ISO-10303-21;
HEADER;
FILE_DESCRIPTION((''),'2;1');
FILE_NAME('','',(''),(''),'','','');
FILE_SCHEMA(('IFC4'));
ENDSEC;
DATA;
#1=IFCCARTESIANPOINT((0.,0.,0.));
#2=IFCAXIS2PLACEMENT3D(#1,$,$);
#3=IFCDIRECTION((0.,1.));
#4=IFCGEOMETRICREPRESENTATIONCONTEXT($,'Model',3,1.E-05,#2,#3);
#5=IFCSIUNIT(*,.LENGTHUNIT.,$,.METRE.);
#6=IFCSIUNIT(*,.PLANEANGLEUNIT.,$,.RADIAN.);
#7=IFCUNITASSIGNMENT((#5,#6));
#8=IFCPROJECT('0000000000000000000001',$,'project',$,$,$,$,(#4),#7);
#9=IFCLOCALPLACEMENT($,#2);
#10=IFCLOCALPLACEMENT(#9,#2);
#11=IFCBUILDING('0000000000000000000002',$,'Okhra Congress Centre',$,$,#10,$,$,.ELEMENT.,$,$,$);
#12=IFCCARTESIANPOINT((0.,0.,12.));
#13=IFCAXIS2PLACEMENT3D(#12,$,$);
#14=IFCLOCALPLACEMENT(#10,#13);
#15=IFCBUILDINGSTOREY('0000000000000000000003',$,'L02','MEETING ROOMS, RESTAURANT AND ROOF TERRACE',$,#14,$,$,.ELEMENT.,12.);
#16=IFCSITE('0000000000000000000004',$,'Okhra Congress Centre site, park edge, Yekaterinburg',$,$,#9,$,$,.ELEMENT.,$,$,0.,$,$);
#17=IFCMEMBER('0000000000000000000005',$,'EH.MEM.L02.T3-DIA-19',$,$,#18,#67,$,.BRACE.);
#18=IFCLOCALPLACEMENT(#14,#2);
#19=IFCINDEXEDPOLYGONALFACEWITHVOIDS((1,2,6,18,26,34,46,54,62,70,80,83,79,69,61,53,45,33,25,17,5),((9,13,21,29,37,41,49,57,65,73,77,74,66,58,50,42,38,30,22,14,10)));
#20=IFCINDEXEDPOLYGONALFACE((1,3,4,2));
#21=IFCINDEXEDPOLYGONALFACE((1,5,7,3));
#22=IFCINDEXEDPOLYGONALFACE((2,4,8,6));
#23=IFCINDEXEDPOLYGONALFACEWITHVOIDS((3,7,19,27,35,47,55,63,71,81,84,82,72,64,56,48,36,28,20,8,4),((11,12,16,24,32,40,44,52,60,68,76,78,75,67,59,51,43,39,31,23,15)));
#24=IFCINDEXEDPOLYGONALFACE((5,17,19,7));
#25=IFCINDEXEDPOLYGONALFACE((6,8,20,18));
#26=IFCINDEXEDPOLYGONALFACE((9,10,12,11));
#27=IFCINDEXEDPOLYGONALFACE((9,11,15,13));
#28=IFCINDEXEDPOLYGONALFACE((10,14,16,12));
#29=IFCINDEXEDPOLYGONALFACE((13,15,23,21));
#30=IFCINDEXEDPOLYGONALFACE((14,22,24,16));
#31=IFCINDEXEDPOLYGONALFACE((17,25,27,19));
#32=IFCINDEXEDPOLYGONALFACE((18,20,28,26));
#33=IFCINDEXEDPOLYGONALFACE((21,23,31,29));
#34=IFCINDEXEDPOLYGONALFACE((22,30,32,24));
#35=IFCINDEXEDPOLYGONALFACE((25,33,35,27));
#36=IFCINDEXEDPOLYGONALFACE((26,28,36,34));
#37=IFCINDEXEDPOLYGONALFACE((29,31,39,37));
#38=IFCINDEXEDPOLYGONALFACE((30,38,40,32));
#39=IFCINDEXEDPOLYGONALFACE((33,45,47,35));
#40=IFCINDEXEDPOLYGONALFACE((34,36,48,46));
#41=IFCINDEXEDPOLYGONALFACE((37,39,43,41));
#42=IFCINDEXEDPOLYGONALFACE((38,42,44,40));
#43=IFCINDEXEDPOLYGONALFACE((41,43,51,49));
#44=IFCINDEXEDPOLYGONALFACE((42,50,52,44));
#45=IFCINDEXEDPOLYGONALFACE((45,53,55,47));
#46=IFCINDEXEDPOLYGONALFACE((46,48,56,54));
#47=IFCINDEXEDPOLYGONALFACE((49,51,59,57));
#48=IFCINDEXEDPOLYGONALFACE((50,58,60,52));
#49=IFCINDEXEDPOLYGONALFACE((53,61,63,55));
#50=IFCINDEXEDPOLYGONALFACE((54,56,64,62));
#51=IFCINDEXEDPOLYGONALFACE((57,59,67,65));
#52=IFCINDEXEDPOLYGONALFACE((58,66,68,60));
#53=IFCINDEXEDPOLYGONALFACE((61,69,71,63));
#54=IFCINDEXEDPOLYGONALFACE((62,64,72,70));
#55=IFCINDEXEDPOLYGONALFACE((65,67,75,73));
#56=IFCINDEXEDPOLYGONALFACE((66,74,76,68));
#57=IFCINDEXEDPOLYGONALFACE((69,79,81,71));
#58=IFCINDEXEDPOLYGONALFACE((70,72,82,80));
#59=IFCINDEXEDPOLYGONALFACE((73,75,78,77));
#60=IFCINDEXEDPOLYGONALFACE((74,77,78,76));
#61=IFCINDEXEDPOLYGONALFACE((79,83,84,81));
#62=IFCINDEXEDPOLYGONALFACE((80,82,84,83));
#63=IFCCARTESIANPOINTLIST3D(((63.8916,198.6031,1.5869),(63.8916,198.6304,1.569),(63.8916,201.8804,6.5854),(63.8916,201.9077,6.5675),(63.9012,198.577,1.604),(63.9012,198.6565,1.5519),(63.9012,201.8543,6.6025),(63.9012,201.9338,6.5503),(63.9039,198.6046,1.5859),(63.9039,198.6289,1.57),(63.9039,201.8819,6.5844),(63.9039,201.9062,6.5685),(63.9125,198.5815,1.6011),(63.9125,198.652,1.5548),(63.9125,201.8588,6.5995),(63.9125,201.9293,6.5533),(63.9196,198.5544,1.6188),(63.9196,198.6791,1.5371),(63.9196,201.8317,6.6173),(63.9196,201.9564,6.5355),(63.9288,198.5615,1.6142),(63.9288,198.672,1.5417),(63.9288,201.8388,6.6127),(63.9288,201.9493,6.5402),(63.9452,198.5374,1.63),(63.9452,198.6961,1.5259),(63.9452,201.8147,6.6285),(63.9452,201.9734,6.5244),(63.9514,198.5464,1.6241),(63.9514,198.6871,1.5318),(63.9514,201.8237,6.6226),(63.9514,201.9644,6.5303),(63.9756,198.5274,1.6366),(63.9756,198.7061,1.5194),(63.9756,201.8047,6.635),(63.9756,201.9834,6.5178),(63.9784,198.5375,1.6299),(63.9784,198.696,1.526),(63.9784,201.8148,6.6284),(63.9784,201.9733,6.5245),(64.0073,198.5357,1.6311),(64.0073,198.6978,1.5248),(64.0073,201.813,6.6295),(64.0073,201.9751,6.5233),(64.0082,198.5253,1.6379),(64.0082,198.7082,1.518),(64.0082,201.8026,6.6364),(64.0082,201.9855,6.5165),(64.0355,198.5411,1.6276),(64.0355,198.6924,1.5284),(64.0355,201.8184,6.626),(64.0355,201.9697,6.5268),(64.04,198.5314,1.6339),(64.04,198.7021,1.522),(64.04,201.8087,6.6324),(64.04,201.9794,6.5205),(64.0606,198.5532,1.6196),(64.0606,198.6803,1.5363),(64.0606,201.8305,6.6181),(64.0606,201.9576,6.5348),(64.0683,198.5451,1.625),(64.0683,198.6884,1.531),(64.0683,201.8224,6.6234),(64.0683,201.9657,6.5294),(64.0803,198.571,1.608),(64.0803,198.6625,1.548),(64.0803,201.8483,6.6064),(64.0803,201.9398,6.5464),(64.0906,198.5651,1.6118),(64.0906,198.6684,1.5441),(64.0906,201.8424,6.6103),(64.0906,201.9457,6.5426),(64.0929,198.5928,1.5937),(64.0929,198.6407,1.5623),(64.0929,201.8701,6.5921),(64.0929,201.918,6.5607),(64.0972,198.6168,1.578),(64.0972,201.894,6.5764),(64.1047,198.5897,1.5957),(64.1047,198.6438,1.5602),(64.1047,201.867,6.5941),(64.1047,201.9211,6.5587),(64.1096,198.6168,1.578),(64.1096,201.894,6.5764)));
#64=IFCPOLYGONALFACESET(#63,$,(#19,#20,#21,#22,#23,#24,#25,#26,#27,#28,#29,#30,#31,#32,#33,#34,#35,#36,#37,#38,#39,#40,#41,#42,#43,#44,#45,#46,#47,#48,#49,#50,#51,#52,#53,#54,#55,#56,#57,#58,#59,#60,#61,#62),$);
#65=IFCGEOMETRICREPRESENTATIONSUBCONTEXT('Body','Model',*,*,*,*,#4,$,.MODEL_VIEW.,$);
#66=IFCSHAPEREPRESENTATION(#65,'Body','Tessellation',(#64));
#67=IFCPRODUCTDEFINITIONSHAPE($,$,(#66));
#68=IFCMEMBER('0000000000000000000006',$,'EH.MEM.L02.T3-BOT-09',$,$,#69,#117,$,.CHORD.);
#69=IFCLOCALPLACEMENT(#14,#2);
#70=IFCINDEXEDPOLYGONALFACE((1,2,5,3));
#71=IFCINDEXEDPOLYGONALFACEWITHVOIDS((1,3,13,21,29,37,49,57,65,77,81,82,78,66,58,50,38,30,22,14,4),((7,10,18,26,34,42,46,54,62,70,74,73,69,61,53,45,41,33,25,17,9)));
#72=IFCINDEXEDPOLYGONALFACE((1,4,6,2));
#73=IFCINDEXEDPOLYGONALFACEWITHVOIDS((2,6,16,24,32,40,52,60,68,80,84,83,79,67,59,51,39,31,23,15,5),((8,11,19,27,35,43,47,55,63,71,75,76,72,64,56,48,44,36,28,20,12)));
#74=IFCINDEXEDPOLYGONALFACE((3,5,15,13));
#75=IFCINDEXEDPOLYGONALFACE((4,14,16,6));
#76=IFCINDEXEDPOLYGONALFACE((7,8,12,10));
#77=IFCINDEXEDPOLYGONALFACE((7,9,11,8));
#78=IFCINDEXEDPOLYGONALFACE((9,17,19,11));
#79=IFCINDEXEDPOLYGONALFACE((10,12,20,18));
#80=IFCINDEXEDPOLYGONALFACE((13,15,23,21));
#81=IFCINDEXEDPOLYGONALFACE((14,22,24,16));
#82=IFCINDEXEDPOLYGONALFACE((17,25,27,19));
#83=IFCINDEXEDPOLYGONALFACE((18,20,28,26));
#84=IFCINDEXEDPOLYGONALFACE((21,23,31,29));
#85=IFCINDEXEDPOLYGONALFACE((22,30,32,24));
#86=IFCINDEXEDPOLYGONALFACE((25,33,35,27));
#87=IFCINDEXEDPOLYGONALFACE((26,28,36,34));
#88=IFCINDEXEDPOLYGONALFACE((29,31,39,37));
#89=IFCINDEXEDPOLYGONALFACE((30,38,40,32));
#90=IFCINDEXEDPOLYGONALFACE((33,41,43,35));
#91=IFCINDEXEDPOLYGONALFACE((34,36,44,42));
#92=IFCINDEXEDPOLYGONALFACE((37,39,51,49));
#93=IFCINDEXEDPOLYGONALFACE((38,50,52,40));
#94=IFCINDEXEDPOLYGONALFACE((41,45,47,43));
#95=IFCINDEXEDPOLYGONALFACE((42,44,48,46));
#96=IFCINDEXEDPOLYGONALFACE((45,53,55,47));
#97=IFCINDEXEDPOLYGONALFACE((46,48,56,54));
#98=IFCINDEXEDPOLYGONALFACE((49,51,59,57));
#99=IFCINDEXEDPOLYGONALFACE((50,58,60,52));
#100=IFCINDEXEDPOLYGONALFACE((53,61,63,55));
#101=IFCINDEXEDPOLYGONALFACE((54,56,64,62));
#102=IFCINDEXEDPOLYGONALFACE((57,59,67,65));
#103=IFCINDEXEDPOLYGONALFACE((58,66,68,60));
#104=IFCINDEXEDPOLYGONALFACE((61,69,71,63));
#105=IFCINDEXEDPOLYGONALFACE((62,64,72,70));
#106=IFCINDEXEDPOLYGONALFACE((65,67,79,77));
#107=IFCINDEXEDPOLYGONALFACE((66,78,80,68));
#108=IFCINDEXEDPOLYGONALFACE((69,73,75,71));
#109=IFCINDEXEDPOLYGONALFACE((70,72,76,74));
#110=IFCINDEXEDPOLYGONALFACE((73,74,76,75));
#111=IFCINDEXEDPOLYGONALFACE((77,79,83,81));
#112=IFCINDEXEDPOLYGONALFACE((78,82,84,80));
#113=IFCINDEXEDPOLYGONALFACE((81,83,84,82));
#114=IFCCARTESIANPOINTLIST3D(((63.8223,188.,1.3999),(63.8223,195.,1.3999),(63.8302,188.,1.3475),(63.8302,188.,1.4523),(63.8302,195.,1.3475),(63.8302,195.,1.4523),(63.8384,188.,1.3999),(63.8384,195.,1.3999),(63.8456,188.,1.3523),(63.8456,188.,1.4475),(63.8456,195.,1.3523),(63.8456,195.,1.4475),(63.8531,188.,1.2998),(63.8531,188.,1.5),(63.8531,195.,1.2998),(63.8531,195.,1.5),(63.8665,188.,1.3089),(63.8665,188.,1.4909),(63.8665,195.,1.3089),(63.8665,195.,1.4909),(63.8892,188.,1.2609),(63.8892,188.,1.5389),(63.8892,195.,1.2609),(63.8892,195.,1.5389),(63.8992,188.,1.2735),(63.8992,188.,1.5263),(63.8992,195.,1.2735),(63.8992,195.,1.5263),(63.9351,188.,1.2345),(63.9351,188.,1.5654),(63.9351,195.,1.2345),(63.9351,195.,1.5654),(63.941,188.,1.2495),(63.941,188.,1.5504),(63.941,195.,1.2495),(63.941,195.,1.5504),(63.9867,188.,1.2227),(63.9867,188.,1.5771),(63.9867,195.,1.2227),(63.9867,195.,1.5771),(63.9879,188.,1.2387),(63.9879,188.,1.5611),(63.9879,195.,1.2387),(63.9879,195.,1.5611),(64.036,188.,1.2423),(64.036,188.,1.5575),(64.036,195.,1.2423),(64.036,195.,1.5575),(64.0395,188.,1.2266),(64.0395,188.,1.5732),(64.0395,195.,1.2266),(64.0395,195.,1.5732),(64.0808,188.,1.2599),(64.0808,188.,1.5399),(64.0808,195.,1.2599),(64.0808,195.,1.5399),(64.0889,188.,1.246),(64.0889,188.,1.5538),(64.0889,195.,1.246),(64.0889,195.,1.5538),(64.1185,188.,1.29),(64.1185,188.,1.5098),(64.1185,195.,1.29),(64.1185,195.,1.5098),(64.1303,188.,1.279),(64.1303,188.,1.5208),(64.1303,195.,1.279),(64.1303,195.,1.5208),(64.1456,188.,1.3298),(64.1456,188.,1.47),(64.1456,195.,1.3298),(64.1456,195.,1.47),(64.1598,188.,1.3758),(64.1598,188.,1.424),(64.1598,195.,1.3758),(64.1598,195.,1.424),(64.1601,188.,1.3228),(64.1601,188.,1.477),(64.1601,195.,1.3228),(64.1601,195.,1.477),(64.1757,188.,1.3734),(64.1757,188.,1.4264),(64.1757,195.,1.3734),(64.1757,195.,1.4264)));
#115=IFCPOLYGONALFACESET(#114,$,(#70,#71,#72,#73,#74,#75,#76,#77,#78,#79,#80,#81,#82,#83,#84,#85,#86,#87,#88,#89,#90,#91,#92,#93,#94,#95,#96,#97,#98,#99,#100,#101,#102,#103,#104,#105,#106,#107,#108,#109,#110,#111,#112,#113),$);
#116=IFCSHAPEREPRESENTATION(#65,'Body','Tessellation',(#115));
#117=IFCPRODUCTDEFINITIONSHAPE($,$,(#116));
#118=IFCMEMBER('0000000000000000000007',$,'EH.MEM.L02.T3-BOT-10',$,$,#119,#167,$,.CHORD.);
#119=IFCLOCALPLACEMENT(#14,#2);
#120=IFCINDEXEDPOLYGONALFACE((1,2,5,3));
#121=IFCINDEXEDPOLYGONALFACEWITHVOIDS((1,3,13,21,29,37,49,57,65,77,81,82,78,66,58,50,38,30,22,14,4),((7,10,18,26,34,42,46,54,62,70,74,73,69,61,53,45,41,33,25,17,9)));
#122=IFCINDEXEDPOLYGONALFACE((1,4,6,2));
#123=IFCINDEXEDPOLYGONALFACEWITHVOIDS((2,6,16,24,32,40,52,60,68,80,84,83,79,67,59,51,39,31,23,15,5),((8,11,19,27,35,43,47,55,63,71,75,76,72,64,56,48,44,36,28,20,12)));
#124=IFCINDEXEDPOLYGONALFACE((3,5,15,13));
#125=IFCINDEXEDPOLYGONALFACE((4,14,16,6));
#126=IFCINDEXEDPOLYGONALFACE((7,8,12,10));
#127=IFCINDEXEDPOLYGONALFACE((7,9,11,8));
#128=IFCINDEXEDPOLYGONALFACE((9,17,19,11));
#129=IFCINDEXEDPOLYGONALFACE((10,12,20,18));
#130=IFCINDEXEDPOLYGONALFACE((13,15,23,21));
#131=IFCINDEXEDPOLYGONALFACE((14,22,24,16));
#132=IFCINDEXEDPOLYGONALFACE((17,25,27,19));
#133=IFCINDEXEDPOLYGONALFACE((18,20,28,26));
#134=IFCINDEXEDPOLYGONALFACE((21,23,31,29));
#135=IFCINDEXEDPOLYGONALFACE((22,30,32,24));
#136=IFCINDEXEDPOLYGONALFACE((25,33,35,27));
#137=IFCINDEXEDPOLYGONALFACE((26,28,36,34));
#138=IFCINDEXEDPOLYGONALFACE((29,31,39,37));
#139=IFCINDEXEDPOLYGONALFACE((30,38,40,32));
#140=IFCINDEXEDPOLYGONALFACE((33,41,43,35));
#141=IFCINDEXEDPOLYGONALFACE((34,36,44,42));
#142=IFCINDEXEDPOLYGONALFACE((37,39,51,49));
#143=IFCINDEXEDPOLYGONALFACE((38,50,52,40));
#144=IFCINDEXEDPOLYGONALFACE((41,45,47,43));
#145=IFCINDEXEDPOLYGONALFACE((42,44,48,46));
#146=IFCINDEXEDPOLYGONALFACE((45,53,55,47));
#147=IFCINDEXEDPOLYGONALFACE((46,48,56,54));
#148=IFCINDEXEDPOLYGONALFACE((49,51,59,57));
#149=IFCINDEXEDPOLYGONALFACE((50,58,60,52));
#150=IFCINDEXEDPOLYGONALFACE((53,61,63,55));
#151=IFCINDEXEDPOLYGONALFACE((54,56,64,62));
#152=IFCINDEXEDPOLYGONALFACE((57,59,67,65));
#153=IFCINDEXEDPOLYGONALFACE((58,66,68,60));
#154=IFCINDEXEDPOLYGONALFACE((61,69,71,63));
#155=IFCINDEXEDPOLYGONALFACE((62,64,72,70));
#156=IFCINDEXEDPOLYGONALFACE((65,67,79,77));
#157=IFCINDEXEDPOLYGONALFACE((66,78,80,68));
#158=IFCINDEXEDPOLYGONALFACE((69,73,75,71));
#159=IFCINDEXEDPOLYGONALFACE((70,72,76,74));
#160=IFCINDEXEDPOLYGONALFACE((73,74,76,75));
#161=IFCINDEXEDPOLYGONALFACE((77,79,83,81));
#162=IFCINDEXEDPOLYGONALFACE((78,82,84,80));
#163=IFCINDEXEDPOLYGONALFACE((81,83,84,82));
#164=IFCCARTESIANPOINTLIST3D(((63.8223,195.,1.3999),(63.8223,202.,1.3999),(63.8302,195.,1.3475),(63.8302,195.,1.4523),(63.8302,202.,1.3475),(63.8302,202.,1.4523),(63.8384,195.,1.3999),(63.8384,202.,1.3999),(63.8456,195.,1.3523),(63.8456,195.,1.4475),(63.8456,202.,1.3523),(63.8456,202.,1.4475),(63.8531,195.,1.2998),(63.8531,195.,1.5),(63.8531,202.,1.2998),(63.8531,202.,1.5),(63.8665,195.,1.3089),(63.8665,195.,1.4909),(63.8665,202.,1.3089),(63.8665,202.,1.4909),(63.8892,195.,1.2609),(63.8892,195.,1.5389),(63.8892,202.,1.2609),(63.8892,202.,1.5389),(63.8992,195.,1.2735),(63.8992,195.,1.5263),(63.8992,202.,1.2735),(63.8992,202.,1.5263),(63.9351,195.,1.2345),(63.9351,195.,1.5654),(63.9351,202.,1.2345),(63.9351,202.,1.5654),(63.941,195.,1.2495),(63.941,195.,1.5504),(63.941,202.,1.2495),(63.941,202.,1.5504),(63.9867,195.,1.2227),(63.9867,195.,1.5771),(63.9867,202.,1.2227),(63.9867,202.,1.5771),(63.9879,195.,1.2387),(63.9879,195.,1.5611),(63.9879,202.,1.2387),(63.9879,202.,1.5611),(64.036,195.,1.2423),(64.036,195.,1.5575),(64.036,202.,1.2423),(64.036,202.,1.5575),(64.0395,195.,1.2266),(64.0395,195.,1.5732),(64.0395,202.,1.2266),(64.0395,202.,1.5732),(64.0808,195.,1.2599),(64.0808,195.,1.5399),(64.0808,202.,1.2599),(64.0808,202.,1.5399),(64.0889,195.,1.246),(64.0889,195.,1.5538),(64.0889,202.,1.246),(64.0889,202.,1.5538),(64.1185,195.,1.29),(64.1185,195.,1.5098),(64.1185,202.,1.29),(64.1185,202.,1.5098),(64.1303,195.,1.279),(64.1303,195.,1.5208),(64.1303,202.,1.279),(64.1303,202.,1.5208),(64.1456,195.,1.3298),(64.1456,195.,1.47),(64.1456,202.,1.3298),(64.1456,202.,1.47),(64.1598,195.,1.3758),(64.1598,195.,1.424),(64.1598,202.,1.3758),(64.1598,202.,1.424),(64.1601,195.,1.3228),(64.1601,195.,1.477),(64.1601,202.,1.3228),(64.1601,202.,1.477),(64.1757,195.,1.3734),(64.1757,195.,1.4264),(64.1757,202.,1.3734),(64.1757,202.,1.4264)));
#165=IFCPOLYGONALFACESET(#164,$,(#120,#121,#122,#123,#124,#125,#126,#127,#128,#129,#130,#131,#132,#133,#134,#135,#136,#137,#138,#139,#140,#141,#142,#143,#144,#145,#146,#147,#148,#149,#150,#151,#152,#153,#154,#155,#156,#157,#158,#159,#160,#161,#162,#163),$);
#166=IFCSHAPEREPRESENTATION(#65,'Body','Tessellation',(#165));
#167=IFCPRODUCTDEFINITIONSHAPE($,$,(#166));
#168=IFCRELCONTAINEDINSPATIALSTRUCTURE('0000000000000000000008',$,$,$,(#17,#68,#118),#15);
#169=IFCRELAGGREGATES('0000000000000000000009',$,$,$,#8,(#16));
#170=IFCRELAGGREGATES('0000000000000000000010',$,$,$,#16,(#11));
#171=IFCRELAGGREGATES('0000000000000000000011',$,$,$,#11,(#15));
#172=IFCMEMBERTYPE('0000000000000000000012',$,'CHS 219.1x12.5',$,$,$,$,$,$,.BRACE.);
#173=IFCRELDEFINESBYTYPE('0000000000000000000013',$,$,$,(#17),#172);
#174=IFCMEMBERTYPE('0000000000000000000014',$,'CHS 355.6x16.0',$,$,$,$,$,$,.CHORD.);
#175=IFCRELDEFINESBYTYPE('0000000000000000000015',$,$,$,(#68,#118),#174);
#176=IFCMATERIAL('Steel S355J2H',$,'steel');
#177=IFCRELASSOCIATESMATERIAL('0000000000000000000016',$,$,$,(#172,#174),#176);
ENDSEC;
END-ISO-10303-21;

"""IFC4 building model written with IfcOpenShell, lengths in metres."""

from ifc_helpers import new_model, si_unit, direction, frame, origin, origin_2d, place, context, subcontext, project, spatial, hollow_circle, extrude, material, material_profile, profile_set, type_object, element, save


model = new_model("IFC4")

# Units and contexts
model_context = context("Model", 3, precision=1e-05, world=origin(), true_north=direction((0.0, 1.0)))
body_context = subcontext(model_context, "Body", "Model", "MODEL_VIEW")
ifc_project = project(units=[si_unit("LENGTHUNIT", "METRE"), si_unit("PLANEANGLEUNIT", "RADIAN")], contexts=[model_context])

# Site, building, storey
site_placement = place(None, origin())
site = spatial("IfcSite", under=ifc_project, at=site_placement, Name="Okhra Congress Centre site, park edge, Yekaterinburg", CompositionType="ELEMENT", RefElevation=0.0)
building_placement = place(site_placement, origin())
building = spatial("IfcBuilding", under=site, at=building_placement, Name="Okhra Congress Centre", CompositionType="ELEMENT")
storey_placement = place(building_placement, frame((0.0, 0.0, 12.0)))
storey = spatial("IfcBuildingStorey", under=building, at=storey_placement, Name="L02", Description="MEETING ROOMS, RESTAURANT AND ROOF TERRACE", CompositionType="ELEMENT", Elevation=12.0)

# Members
ifc_material_1 = material(Name="Steel S355J2H", Category="steel")
ifc_material_profile_1 = material_profile(ifc_material_1, hollow_circle(Radius=0.1096, WallThickness=0.0125, at=origin_2d()), Name="CHS 219.1x12.5")
ifc_profile_set_1 = profile_set([ifc_material_profile_1], Name="Steel S355J2H")
member_type_1 = type_object("IfcMemberType", Name="CHS 219.1x12.5", PredefinedType="BRACE", material=ifc_profile_set_1)
member_1_placement = place(storey_placement, frame((64.0, 201.894, 6.5764), z_axis=(0.0, -0.548312, -0.836274), x_axis=(1.0, 0.0, 0.0)))
element("IfcMember", 1, at=member_1_placement, inside=storey, type_object=member_type_1, Name="EH.MEM.L02.T3-DIA-19", PredefinedType="BRACE", context=body_context, shape_type="SweptSolid", body=[
    extrude(hollow_circle(Radius=0.1096, WallThickness=0.0125, at=origin_2d()), origin(), (0.0, 0.0, 1.0), 5.9771),
])
ifc_material_profile_2 = material_profile(ifc_material_1, hollow_circle(Radius=0.1777, WallThickness=0.0161, at=origin_2d()), Name="CHS 355.6x16.0")
ifc_profile_set_2 = profile_set([ifc_material_profile_2], Name="Steel S355J2H")
member_type_2 = type_object("IfcMemberType", Name="CHS 355.6x16.0", PredefinedType="CHORD", material=ifc_profile_set_2)
for number, where, z_axis, x_axis, name in (
    (2, (64.0, 188.0, 1.3999), (0.0, 1.0, 0.0), (-1.0, 0.0, 0.0), "EH.MEM.L02.T3-BOT-09"),
    (3, (64.0, 195.0, 1.3999), (0.0, 1.0, 0.0), (-1.0, 0.0, 0.0), "EH.MEM.L02.T3-BOT-10"),
):
    element("IfcMember", number, at=place(storey_placement, frame(where, z_axis=z_axis, x_axis=x_axis)), inside=storey, type_object=member_type_2, Name=name, PredefinedType="CHORD", context=body_context, shape_type="SweptSolid", body=[
        extrude(hollow_circle(Radius=0.1777, WallThickness=0.0161, at=origin_2d()), origin(), (0.0, 0.0, 1.0), 7.0),
    ])

save(model, "model.ifc")
